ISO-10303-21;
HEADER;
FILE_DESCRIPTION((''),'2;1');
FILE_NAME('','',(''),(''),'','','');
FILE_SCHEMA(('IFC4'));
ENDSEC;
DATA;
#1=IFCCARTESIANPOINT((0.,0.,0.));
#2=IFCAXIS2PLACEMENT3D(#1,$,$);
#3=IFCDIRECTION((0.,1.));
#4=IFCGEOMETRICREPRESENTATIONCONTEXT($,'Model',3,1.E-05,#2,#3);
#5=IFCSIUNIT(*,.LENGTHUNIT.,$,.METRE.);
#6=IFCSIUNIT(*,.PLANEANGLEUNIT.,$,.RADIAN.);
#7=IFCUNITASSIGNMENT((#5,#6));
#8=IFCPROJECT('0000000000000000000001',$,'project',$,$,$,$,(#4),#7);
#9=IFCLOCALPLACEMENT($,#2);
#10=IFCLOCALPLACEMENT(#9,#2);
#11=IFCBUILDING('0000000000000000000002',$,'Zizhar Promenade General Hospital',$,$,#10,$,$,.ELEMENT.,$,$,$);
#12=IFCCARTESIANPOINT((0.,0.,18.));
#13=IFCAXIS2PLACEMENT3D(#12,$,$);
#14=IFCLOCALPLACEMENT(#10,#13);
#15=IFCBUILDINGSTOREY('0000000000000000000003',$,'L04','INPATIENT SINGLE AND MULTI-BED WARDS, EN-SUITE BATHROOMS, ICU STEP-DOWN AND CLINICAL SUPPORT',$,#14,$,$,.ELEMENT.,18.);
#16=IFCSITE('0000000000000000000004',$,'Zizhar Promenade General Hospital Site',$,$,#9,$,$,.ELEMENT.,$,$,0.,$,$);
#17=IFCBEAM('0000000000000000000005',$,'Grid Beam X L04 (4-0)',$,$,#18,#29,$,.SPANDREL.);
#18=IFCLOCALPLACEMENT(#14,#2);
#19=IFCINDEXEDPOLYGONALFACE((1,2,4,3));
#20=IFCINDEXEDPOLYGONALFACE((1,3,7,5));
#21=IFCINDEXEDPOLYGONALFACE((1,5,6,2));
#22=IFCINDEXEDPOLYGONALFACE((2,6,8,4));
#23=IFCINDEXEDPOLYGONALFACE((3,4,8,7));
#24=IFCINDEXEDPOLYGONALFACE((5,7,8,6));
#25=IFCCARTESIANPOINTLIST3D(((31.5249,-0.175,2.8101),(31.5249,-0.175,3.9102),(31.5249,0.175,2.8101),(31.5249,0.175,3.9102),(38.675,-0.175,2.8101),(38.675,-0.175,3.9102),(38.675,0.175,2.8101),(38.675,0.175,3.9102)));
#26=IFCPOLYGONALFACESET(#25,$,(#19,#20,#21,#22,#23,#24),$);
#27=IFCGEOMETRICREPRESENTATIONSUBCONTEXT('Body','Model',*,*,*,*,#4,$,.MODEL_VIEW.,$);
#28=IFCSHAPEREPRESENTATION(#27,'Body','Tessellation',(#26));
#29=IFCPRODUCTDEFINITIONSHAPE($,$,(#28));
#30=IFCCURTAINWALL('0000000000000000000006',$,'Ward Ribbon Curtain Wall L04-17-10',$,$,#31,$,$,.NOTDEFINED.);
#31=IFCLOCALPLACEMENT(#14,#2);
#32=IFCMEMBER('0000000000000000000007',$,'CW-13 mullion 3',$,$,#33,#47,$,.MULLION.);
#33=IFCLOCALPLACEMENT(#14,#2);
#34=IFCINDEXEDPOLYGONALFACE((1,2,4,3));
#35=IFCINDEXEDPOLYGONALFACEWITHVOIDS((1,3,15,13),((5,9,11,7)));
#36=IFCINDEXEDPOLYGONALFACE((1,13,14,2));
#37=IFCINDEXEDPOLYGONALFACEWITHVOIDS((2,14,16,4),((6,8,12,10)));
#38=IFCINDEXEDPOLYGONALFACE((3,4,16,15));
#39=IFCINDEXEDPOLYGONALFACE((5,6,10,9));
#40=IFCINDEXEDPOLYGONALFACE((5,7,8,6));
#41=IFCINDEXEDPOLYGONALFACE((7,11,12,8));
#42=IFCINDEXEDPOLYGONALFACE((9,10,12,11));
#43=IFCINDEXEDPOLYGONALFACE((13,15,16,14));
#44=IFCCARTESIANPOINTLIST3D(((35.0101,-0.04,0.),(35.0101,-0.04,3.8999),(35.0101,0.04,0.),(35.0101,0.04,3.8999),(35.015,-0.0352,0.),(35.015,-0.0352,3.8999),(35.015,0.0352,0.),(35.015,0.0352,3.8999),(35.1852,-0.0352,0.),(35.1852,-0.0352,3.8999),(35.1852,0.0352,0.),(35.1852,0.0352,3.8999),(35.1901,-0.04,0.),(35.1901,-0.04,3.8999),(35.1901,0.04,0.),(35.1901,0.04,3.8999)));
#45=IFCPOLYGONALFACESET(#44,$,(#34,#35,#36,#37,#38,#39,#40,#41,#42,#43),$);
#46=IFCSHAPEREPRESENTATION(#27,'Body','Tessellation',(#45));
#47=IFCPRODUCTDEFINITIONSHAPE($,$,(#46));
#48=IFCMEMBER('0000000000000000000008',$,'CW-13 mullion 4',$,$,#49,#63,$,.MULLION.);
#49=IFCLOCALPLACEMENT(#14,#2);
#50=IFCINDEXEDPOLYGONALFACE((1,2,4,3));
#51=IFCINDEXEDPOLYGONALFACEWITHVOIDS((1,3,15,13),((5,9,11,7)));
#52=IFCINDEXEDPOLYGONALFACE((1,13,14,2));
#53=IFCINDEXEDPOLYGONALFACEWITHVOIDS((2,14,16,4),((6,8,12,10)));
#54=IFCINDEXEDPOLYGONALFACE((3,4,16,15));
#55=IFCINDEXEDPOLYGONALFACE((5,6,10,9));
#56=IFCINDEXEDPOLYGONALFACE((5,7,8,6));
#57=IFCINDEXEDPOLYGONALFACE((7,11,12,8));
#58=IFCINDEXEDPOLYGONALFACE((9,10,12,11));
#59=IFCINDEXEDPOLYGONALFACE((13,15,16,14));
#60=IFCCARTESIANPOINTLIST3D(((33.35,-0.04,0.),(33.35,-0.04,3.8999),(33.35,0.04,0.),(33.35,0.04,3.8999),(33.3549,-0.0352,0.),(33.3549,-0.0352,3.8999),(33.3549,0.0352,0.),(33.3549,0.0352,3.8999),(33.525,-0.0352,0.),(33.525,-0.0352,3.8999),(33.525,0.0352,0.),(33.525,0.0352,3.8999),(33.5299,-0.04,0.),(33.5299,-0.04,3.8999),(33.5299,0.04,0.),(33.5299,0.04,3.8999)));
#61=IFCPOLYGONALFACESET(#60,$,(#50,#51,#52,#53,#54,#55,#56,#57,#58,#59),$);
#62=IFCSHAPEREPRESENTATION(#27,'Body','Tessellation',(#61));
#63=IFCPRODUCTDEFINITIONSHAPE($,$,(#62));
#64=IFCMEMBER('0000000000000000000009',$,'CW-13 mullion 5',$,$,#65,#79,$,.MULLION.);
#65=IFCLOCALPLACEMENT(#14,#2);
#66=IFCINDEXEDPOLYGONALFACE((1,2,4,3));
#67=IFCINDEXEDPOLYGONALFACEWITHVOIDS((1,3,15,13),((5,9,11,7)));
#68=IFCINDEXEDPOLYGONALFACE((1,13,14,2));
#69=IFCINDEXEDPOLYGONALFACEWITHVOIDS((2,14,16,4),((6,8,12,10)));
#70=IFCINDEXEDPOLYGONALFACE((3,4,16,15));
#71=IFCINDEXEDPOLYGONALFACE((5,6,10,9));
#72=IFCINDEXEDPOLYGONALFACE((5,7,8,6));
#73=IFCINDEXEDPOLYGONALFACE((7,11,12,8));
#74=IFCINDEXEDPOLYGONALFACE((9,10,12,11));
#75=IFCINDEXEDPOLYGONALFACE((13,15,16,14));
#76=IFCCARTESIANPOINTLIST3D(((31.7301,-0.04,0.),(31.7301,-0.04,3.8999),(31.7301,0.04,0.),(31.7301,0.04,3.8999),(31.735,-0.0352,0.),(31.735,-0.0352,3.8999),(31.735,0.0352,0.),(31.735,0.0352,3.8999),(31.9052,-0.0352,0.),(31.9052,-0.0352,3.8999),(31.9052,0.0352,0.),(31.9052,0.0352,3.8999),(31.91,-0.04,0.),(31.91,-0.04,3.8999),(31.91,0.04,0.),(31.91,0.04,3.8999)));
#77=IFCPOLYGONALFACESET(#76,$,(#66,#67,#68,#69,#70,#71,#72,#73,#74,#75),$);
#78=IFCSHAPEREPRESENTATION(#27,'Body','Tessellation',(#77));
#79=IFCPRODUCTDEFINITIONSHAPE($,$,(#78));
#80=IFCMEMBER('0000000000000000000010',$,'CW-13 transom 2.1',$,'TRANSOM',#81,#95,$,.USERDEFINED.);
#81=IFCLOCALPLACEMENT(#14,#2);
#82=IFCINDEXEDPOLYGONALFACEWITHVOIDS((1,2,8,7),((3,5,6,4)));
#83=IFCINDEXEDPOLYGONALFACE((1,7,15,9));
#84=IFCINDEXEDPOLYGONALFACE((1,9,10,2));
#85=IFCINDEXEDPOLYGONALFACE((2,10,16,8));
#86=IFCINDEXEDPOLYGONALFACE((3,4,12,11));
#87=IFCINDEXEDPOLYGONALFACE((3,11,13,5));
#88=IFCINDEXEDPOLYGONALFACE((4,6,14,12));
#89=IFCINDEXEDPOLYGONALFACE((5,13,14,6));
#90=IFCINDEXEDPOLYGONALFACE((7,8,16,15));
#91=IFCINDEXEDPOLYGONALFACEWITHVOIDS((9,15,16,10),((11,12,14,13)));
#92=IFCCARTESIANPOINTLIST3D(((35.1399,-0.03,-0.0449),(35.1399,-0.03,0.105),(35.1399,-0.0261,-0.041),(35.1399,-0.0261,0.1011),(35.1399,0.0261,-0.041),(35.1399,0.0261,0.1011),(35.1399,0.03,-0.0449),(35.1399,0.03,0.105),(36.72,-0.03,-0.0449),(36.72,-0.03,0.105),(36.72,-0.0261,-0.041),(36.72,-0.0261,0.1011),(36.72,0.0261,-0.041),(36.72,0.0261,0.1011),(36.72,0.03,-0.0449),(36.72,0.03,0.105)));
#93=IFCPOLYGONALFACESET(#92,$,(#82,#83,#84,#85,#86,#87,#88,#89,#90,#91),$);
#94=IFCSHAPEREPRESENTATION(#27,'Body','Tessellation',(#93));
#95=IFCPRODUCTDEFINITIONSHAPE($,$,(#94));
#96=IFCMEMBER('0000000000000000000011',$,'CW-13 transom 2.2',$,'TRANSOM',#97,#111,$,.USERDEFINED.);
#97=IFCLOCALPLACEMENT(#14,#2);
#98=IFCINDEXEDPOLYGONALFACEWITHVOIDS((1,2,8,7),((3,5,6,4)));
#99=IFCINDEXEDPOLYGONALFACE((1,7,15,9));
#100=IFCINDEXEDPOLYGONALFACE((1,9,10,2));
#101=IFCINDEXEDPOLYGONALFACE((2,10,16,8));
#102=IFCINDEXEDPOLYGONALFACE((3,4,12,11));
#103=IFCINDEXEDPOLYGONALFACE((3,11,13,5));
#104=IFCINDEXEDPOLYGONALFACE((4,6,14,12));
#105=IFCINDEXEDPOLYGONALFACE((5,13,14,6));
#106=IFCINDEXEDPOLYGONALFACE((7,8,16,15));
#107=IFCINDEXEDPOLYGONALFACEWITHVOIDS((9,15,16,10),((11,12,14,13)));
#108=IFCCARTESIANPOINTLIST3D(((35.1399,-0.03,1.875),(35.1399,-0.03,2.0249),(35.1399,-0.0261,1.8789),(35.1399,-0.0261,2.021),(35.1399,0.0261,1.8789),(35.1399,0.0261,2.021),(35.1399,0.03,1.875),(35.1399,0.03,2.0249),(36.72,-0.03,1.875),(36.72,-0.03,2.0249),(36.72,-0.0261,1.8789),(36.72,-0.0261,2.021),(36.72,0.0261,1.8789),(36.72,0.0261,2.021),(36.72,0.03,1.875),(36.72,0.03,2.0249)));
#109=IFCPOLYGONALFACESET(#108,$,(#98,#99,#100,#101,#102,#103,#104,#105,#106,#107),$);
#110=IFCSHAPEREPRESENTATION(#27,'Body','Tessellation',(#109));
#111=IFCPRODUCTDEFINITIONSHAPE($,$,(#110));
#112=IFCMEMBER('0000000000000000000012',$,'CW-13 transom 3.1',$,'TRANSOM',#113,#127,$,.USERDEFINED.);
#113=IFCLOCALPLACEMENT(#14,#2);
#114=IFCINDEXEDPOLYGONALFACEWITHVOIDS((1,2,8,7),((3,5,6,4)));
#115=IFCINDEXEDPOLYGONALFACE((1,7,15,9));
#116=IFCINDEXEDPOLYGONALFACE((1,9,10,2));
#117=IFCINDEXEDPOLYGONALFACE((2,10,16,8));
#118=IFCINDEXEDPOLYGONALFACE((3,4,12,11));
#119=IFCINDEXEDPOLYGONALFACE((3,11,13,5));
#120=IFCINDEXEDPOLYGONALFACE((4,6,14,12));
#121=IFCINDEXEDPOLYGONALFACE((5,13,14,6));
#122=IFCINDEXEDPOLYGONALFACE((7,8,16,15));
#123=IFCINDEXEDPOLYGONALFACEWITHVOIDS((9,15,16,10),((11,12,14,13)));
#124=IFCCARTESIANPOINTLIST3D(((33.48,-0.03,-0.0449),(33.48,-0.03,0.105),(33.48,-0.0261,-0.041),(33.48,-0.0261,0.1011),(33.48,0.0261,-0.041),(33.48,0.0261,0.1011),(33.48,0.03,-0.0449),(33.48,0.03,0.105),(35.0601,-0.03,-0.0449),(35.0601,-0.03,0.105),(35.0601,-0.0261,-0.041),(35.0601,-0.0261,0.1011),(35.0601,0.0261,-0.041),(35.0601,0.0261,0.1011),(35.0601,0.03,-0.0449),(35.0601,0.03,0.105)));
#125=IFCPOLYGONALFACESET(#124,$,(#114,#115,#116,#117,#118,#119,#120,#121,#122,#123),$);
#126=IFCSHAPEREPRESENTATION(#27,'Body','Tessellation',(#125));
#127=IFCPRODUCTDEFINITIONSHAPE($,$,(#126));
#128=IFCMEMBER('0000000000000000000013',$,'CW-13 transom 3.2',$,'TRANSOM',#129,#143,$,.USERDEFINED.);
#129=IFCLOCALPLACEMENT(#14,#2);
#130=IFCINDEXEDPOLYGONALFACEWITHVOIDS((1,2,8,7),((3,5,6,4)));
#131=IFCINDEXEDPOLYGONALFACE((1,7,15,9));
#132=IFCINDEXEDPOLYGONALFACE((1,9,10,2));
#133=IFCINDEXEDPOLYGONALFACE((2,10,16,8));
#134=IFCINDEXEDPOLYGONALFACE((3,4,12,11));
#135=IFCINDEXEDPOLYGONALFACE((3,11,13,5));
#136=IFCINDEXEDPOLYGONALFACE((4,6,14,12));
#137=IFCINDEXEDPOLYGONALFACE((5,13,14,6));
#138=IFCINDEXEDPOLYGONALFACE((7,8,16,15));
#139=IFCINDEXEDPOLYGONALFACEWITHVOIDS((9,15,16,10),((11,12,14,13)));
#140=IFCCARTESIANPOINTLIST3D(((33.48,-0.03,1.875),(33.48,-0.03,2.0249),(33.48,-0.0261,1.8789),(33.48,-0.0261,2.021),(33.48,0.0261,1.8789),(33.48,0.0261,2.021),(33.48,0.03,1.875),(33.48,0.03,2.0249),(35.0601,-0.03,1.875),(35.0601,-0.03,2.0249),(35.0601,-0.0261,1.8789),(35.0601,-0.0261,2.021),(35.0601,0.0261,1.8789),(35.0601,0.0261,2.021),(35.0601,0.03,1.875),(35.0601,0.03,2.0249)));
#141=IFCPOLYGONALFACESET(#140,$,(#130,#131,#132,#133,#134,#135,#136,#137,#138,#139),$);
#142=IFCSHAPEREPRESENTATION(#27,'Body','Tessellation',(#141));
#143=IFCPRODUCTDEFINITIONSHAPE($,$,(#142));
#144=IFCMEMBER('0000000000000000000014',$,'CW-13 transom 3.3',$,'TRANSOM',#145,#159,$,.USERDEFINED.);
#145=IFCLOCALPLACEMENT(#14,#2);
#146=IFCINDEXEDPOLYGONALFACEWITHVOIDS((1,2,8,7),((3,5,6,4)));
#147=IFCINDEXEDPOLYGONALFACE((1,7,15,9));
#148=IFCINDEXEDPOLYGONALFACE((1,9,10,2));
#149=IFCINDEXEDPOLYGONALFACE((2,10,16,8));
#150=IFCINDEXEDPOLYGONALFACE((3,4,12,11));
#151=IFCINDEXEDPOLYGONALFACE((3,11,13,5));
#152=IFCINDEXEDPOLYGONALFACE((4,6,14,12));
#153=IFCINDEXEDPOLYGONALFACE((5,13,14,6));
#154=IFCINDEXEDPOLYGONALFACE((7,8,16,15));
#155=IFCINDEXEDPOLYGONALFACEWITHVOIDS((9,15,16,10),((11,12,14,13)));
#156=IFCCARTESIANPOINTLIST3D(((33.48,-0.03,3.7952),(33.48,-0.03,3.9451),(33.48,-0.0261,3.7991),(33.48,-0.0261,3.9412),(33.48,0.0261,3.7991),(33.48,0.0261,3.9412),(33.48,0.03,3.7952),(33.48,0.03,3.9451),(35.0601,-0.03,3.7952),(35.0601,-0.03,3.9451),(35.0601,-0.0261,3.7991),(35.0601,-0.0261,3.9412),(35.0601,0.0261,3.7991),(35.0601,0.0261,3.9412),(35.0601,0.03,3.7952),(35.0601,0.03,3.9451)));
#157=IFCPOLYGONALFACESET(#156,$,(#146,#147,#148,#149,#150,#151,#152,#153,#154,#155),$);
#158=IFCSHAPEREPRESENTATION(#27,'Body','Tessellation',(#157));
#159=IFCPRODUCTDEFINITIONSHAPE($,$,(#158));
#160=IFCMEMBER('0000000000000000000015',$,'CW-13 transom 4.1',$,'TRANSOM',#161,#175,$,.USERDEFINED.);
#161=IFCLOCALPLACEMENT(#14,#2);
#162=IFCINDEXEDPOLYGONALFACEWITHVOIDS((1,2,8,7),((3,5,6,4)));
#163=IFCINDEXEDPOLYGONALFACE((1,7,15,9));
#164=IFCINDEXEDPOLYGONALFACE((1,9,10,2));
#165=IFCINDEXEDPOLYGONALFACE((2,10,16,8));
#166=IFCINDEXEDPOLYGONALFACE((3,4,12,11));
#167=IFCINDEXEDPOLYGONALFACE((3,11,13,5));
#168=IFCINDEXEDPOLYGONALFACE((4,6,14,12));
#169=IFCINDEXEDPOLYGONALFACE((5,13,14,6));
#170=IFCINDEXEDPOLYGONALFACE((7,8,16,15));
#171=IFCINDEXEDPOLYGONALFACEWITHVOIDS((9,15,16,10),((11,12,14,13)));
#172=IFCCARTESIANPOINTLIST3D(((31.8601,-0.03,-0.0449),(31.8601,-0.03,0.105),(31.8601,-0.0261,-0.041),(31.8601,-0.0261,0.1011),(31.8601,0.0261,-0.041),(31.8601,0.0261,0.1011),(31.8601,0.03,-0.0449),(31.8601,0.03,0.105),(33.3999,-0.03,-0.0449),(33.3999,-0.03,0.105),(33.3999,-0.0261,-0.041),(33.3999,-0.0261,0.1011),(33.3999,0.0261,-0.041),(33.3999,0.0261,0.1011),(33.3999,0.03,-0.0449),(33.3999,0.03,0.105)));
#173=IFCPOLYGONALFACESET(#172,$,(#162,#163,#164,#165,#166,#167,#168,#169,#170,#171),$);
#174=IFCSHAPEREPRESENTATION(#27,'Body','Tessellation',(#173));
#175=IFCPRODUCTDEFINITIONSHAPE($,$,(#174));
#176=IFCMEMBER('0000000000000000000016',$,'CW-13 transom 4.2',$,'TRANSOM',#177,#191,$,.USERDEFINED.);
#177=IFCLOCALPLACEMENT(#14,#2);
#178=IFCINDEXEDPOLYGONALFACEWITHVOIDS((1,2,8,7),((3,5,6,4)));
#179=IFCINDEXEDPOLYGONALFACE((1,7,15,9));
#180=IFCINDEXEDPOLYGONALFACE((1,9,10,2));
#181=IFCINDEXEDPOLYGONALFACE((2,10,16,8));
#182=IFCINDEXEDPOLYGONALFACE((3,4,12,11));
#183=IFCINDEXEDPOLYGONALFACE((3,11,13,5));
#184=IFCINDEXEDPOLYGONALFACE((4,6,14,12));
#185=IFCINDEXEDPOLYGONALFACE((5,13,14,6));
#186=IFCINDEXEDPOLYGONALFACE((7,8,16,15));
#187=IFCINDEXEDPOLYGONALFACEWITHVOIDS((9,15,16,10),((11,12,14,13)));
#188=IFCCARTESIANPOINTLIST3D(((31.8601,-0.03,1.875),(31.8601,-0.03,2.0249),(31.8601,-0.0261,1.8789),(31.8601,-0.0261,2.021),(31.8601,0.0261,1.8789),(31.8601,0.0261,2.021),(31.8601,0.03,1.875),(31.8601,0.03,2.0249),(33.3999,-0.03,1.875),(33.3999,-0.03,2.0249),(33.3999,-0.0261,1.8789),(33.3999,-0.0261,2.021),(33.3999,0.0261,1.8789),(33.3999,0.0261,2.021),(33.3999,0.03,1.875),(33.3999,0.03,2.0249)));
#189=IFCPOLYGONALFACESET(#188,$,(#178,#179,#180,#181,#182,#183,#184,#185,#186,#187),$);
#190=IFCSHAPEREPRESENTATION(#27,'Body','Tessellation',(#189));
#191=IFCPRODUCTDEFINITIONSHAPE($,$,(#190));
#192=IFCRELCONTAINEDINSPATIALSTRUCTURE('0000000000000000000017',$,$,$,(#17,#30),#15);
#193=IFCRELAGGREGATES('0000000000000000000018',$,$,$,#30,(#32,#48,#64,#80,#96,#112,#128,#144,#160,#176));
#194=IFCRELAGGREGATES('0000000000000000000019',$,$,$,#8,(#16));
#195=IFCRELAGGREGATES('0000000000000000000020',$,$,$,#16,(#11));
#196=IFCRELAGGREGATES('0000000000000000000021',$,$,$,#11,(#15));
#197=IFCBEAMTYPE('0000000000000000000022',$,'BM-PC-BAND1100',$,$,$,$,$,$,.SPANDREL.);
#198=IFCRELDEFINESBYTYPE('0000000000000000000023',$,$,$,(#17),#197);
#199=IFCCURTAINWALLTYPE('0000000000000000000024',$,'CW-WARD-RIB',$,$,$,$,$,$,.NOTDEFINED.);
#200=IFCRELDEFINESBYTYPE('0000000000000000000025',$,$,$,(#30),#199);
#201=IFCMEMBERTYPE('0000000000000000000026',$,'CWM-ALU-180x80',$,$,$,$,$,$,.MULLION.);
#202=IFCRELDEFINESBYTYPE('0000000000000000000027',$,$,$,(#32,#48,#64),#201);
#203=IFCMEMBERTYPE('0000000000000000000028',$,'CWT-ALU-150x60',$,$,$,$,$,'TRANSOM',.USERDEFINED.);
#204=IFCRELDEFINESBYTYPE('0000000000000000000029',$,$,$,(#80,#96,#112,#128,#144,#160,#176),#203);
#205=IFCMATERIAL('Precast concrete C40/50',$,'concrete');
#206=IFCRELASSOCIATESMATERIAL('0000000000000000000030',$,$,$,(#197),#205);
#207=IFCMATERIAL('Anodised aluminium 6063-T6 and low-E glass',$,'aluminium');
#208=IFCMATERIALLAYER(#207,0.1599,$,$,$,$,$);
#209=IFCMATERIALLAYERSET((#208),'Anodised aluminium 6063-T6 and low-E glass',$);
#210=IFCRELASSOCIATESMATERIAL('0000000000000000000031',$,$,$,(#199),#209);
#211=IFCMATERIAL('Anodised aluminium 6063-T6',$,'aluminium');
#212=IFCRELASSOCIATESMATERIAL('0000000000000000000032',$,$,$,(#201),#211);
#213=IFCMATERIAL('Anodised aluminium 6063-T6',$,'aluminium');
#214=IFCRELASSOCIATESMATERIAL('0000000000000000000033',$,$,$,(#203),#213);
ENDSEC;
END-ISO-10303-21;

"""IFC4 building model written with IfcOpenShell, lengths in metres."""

from ifc_helpers import new_model, si_unit, direction, frame, origin, origin_2d, place, context, subcontext, project, spatial, rectangle, hollow_rectangle, extrude, material, layer, layer_set, material_profile, profile_set, type_object, element, aggregate, save


model = new_model("IFC4")

# Units and contexts
model_context = context("Model", 3, precision=1e-05, world=origin(), true_north=direction((0.0, 1.0)))
body_context = subcontext(model_context, "Body", "Model", "MODEL_VIEW")
ifc_project = project(units=[si_unit("LENGTHUNIT", "METRE"), si_unit("PLANEANGLEUNIT", "RADIAN")], contexts=[model_context])

# Site, building, storey
site_placement = place(None, origin())
site = spatial("IfcSite", under=ifc_project, at=site_placement, Name="Zizhar Promenade General Hospital Site", CompositionType="ELEMENT", RefElevation=0.0)
building_placement = place(site_placement, origin())
building = spatial("IfcBuilding", under=site, at=building_placement, Name="Zizhar Promenade General Hospital", CompositionType="ELEMENT")
storey_placement = place(building_placement, frame((0.0, 0.0, 18.0)))
storey = spatial("IfcBuildingStorey", under=building, at=storey_placement, Name="L04", Description="INPATIENT SINGLE AND MULTI-BED WARDS, EN-SUITE BATHROOMS, ICU STEP-DOWN AND CLINICAL SUPPORT", CompositionType="ELEMENT", Elevation=18.0)

# Beam
ifc_material_1 = material(Name="Precast concrete C40/50", Category="concrete")
ifc_material_profile_1 = material_profile(ifc_material_1, rectangle(XDim=0.3501, YDim=1.1001, at=origin_2d()))
ifc_profile_set_1 = profile_set([ifc_material_profile_1], Name="Precast concrete C40/50")
beam_type = type_object("IfcBeamType", Name="BM-PC-BAND1100", PredefinedType="SPANDREL", material=ifc_profile_set_1)
beam_placement = place(storey_placement, frame((31.5249, 0.0, 3.3601), z_axis=(1.0, 0.0, 0.0), x_axis=(0.0, 1.0, 0.0)))
element("IfcBeam", 1, at=beam_placement, inside=storey, type_object=beam_type, Name="Grid Beam X L04 (4-0)", PredefinedType="SPANDREL", context=body_context, shape_type="SweptSolid", body=[
    extrude(rectangle(XDim=0.3501, YDim=1.1001, at=origin_2d()), origin(), (0.0, 0.0, 1.0), 7.1501),
])

# Curtain wall, members
ifc_material_2 = material(Name="Anodised aluminium 6063-T6 and low-E glass", Category="aluminium")
ifc_layer_1 = layer(ifc_material_2, 0.1599)
ifc_layer_set_1 = layer_set([ifc_layer_1], Name="Anodised aluminium 6063-T6 and low-E glass")
curtain_wall_type = type_object("IfcCurtainWallType", Name="CW-WARD-RIB", PredefinedType="NOTDEFINED", material=ifc_layer_set_1)
curtain_wall_placement = place(storey_placement, origin())
curtain_wall = element("IfcCurtainWall", 2, at=curtain_wall_placement, inside=storey, type_object=curtain_wall_type, Name="Ward Ribbon Curtain Wall L04-17-10", PredefinedType="NOTDEFINED")
ifc_material_3 = material(Name="Anodised aluminium 6063-T6", Category="aluminium")
ifc_material_profile_2 = material_profile(ifc_material_3, hollow_rectangle(XDim=0.0801, YDim=0.1799, WallThickness=0.0049, at=origin_2d()))
ifc_profile_set_2 = profile_set([ifc_material_profile_2], Name="Anodised aluminium 6063-T6")
member_type_1 = type_object("IfcMemberType", Name="CWM-ALU-180x80", PredefinedType="MULLION", material=ifc_profile_set_2)
member_1_placement = place(storey_placement, frame((35.1001, 0.0, 0.0), z_axis=(0.0, 0.0, 1.0), x_axis=(0.0, -1.0, 0.0)))
member_1 = element("IfcMember", 3, at=member_1_placement, type_object=member_type_1, Name="CW-13 mullion 3", PredefinedType="MULLION", context=body_context, shape_type="SweptSolid", body=[
    extrude(hollow_rectangle(XDim=0.0801, YDim=0.1799, WallThickness=0.0049, at=origin_2d()), origin(), (0.0, 0.0, 1.0), 3.8999),
])
member_2_placement = place(storey_placement, frame((33.4399, 0.0, 0.0), z_axis=(0.0, 0.0, 1.0), x_axis=(0.0, -1.0, 0.0)))
member_2 = element("IfcMember", 4, at=member_2_placement, type_object=member_type_1, Name="CW-13 mullion 4", PredefinedType="MULLION", context=body_context, shape_type="SweptSolid", body=[
    extrude(hollow_rectangle(XDim=0.0801, YDim=0.1799, WallThickness=0.0049, at=origin_2d()), origin(), (0.0, 0.0, 1.0), 3.8999),
])
member_3_placement = place(storey_placement, frame((31.8201, 0.0, 0.0), z_axis=(0.0, 0.0, 1.0), x_axis=(0.0, -1.0, 0.0)))
member_3 = element("IfcMember", 5, at=member_3_placement, type_object=member_type_1, Name="CW-13 mullion 5", PredefinedType="MULLION", context=body_context, shape_type="SweptSolid", body=[
    extrude(hollow_rectangle(XDim=0.0801, YDim=0.1799, WallThickness=0.0049, at=origin_2d()), origin(), (0.0, 0.0, 1.0), 3.8999),
])
ifc_material_4 = material(Name="Anodised aluminium 6063-T6", Category="aluminium")
ifc_material_profile_3 = material_profile(ifc_material_4, hollow_rectangle(XDim=0.0601, YDim=0.1499, WallThickness=0.0039, at=origin_2d()))
ifc_profile_set_3 = profile_set([ifc_material_profile_3], Name="Anodised aluminium 6063-T6")
member_type_2 = type_object("IfcMemberType", Name="CWT-ALU-150x60", ElementType="TRANSOM", PredefinedType="USERDEFINED", material=ifc_profile_set_3)
member_4_placement = place(storey_placement, frame((36.72, 0.0, 0.03), z_axis=(-1.0, 0.0, 0.0), x_axis=(0.0, -1.0, 0.0)))
member_4 = element("IfcMember", 6, at=member_4_placement, type_object=member_type_2, Name="CW-13 transom 2.1", ObjectType="TRANSOM", PredefinedType="USERDEFINED", context=body_context, shape_type="SweptSolid", body=[
    extrude(hollow_rectangle(XDim=0.0601, YDim=0.1499, WallThickness=0.0039, at=origin_2d()), origin(), (0.0, 0.0, 1.0), 1.5801),
])
member_5_placement = place(storey_placement, frame((36.72, 0.0, 1.95), z_axis=(-1.0, 0.0, 0.0), x_axis=(0.0, -1.0, 0.0)))
member_5 = element("IfcMember", 7, at=member_5_placement, type_object=member_type_2, Name="CW-13 transom 2.2", ObjectType="TRANSOM", PredefinedType="USERDEFINED", context=body_context, shape_type="SweptSolid", body=[
    extrude(hollow_rectangle(XDim=0.0601, YDim=0.1499, WallThickness=0.0039, at=origin_2d()), origin(), (0.0, 0.0, 1.0), 1.5801),
])
member_6_placement = place(storey_placement, frame((35.0601, 0.0, 0.03), z_axis=(-1.0, 0.0, 0.0), x_axis=(0.0, -1.0, 0.0)))
member_6 = element("IfcMember", 8, at=member_6_placement, type_object=member_type_2, Name="CW-13 transom 3.1", ObjectType="TRANSOM", PredefinedType="USERDEFINED", context=body_context, shape_type="SweptSolid", body=[
    extrude(hollow_rectangle(XDim=0.0601, YDim=0.1499, WallThickness=0.0039, at=origin_2d()), origin(), (0.0, 0.0, 1.0), 1.5801),
])
member_7_placement = place(storey_placement, frame((35.0601, 0.0, 1.95), z_axis=(-1.0, 0.0, 0.0), x_axis=(0.0, -1.0, 0.0)))
member_7 = element("IfcMember", 9, at=member_7_placement, type_object=member_type_2, Name="CW-13 transom 3.2", ObjectType="TRANSOM", PredefinedType="USERDEFINED", context=body_context, shape_type="SweptSolid", body=[
    extrude(hollow_rectangle(XDim=0.0601, YDim=0.1499, WallThickness=0.0039, at=origin_2d()), origin(), (0.0, 0.0, 1.0), 1.5801),
])
member_8_placement = place(storey_placement, frame((35.0601, 0.0, 3.8701), z_axis=(-1.0, 0.0, 0.0), x_axis=(0.0, -1.0, 0.0)))
member_8 = element("IfcMember", 10, at=member_8_placement, type_object=member_type_2, Name="CW-13 transom 3.3", ObjectType="TRANSOM", PredefinedType="USERDEFINED", context=body_context, shape_type="SweptSolid", body=[
    extrude(hollow_rectangle(XDim=0.0601, YDim=0.1499, WallThickness=0.0039, at=origin_2d()), origin(), (0.0, 0.0, 1.0), 1.5801),
])
member_9_placement = place(storey_placement, frame((33.3999, 0.0, 0.03), z_axis=(-1.0, 0.0, 0.0), x_axis=(0.0, -1.0, 0.0)))
member_9 = element("IfcMember", 11, at=member_9_placement, type_object=member_type_2, Name="CW-13 transom 4.1", ObjectType="TRANSOM", PredefinedType="USERDEFINED", context=body_context, shape_type="SweptSolid", body=[
    extrude(hollow_rectangle(XDim=0.0601, YDim=0.1499, WallThickness=0.0039, at=origin_2d()), origin(), (0.0, 0.0, 1.0), 1.5398),
])
member_10_placement = place(storey_placement, frame((33.3999, 0.0, 1.95), z_axis=(-1.0, 0.0, 0.0), x_axis=(0.0, -1.0, 0.0)))
member_10 = element("IfcMember", 12, at=member_10_placement, type_object=member_type_2, Name="CW-13 transom 4.2", ObjectType="TRANSOM", PredefinedType="USERDEFINED", context=body_context, shape_type="SweptSolid", body=[
    extrude(hollow_rectangle(XDim=0.0601, YDim=0.1499, WallThickness=0.0039, at=origin_2d()), origin(), (0.0, 0.0, 1.0), 1.5398),
])
aggregate(curtain_wall, [member_1, member_2, member_3, member_4, member_5, member_6, member_7, member_8, member_9, member_10])

save(model, "model.ifc")
